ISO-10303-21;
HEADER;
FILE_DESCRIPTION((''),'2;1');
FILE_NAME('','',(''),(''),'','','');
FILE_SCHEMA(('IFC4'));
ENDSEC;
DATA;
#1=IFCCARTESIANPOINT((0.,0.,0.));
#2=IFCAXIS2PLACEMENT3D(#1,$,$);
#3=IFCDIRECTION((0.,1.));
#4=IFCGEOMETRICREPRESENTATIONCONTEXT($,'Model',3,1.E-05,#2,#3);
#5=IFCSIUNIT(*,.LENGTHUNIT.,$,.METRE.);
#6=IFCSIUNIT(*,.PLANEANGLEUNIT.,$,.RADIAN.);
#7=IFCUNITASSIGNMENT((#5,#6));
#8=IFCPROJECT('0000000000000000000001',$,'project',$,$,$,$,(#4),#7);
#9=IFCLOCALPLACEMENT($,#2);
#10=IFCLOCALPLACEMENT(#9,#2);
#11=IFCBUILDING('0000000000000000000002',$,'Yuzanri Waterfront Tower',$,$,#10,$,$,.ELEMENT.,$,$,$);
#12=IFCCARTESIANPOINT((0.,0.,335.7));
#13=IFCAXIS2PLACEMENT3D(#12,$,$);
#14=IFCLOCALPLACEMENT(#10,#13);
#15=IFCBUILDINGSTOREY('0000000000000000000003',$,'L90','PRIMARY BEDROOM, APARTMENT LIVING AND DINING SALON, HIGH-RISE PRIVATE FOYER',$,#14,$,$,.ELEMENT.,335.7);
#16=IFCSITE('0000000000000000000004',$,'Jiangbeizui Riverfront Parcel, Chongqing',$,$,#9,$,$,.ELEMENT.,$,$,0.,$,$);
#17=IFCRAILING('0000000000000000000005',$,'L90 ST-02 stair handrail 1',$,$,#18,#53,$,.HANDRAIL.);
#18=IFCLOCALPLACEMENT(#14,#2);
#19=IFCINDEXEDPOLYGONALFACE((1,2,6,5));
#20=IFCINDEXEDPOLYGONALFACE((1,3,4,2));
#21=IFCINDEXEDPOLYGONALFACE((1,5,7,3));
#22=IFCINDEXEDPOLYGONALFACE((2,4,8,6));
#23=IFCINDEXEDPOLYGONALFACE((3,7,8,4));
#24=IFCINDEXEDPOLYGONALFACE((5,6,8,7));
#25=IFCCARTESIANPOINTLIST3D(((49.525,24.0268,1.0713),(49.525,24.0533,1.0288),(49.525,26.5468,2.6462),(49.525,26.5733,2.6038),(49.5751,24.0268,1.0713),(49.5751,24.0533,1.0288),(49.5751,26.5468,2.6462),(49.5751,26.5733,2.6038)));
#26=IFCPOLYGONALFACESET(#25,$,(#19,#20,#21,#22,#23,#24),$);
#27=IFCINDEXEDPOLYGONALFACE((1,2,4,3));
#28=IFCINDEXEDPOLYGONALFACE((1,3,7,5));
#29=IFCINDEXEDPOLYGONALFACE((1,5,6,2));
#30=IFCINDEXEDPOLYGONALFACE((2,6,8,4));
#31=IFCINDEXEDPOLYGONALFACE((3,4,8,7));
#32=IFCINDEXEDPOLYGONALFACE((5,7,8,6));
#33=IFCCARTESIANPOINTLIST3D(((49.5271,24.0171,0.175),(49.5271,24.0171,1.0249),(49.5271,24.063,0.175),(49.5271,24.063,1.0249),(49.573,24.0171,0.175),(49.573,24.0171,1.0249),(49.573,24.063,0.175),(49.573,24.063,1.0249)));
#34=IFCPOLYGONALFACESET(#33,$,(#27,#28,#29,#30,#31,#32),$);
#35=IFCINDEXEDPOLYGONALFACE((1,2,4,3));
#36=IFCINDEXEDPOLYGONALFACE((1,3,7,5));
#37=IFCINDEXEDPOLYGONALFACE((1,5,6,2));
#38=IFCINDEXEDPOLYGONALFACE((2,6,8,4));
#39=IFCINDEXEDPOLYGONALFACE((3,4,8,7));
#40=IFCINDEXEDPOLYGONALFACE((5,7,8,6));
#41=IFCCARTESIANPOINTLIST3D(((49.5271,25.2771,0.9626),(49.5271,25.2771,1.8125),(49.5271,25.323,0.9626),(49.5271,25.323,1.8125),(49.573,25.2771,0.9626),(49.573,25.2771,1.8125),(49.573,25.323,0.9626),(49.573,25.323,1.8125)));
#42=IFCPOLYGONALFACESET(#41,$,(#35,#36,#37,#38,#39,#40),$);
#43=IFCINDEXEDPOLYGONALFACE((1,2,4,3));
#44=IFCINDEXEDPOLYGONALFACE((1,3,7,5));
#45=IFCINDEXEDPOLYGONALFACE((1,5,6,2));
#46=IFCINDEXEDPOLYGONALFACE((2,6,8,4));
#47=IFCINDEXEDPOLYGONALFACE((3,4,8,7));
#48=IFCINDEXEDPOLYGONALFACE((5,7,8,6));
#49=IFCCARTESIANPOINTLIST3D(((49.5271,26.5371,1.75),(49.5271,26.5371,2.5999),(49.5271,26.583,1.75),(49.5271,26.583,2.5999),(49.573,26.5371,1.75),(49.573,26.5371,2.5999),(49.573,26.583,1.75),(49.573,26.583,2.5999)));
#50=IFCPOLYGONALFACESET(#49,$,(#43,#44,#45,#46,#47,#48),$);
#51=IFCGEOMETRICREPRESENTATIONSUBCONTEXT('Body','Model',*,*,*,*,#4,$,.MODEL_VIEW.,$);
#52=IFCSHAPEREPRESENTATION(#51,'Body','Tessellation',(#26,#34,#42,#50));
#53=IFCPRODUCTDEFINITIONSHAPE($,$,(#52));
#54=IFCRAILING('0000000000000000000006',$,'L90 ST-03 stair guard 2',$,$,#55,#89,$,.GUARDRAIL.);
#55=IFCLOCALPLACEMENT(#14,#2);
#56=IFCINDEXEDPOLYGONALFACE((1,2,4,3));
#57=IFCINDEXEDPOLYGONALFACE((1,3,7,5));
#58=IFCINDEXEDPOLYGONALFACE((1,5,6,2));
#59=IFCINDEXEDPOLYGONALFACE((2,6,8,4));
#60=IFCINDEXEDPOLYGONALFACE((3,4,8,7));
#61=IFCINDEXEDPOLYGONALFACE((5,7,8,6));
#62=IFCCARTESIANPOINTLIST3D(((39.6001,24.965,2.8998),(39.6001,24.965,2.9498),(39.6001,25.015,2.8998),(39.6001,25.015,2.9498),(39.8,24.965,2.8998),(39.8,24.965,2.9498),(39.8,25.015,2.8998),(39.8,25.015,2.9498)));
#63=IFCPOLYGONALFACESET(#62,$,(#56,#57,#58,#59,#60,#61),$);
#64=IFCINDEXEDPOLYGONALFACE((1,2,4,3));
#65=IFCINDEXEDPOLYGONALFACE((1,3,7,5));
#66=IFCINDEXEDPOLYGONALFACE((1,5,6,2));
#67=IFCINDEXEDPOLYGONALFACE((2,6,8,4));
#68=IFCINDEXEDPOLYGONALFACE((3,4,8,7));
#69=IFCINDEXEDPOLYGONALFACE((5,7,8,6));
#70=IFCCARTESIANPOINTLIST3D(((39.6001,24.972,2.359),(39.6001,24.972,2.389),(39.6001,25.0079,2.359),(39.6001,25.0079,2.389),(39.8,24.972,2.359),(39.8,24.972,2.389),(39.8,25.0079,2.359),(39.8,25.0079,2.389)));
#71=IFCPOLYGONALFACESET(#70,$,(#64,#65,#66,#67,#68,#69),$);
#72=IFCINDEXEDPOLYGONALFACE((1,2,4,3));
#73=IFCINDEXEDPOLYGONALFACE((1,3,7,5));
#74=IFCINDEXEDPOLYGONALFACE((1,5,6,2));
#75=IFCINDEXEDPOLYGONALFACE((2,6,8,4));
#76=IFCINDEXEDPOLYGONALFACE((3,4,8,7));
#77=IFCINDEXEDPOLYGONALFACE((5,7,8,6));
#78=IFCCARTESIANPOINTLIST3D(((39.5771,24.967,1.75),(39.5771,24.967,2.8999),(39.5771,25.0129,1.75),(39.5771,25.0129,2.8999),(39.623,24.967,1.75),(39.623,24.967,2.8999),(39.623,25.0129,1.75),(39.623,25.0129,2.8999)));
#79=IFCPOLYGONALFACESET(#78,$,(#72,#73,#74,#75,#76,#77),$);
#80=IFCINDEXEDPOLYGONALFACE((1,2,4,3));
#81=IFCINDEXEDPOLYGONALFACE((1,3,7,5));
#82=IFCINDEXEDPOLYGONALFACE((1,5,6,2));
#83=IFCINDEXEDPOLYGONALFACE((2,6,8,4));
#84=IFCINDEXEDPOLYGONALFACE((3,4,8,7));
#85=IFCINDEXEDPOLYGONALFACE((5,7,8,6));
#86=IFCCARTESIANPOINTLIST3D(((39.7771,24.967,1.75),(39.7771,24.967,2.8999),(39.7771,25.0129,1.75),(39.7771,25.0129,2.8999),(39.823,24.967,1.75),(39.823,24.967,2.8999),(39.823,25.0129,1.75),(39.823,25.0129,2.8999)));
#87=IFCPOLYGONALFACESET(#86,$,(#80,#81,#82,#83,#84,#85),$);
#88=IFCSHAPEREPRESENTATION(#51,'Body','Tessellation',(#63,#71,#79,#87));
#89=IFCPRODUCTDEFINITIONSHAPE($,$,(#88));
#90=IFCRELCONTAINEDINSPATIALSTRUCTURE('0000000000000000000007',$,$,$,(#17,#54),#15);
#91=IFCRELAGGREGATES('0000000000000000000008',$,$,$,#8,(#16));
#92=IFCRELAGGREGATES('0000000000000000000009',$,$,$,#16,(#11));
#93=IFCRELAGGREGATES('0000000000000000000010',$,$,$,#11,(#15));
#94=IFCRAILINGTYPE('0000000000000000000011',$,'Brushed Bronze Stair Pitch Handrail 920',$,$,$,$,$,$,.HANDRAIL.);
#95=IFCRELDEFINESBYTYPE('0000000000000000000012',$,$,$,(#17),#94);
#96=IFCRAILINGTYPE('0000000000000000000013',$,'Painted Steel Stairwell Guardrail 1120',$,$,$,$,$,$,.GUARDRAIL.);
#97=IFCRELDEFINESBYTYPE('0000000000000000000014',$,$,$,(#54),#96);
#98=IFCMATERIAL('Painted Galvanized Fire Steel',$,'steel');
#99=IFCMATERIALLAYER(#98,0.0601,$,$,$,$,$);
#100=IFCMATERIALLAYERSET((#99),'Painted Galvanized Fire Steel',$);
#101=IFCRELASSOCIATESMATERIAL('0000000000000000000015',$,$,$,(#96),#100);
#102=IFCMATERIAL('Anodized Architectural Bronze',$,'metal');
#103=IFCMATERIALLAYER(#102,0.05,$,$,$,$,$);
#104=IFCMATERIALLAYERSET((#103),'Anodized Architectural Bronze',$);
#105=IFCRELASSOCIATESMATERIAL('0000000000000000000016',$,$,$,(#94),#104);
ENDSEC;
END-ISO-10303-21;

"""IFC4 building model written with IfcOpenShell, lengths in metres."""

from ifc_helpers import new_model, si_unit, direction, frame, origin, origin_2d, place, context, subcontext, project, spatial, rectangle, extrude, source, transform, mapped, material, layer, layer_set, type_object, element, save


model = new_model("IFC4")

# Units and contexts
model_context = context("Model", 3, precision=1e-05, world=origin(), true_north=direction((0.0, 1.0)))
body_context = subcontext(model_context, "Body", "Model", "MODEL_VIEW")
ifc_project = project(units=[si_unit("LENGTHUNIT", "METRE"), si_unit("PLANEANGLEUNIT", "RADIAN")], contexts=[model_context])

# Site, building, storey
site_placement = place(None, origin())
site = spatial("IfcSite", under=ifc_project, at=site_placement, Name="Jiangbeizui Riverfront Parcel, Chongqing", CompositionType="ELEMENT", RefElevation=0.0)
building_placement = place(site_placement, origin())
building = spatial("IfcBuilding", under=site, at=building_placement, Name="Yuzanri Waterfront Tower", CompositionType="ELEMENT")
storey_placement = place(building_placement, frame((0.0, 0.0, 335.7)))
storey = spatial("IfcBuildingStorey", under=building, at=storey_placement, Name="L90", Description="PRIMARY BEDROOM, APARTMENT LIVING AND DINING SALON, HIGH-RISE PRIVATE FOYER", CompositionType="ELEMENT", Elevation=335.7)

# Railings
ifc_material_1 = material(Name="Painted Galvanized Fire Steel", Category="steel")
ifc_layer_1 = layer(ifc_material_1, 0.0601)
ifc_layer_set_1 = layer_set([ifc_layer_1], Name="Painted Galvanized Fire Steel")
railing_type_1 = type_object("IfcRailingType", Name="Painted Steel Stairwell Guardrail 1120", PredefinedType="GUARDRAIL", material=ifc_layer_set_1)
ifc_material_2 = material(Name="Anodized Architectural Bronze", Category="metal")
ifc_layer_2 = layer(ifc_material_2, 0.05)
ifc_layer_set_2 = layer_set([ifc_layer_2], Name="Anodized Architectural Bronze")
railing_type_2 = type_object("IfcRailingType", Name="Brushed Bronze Stair Pitch Handrail 920", PredefinedType="HANDRAIL", material=ifc_layer_set_2)
shared_shape_1 = source(origin(), body_context, "Body", "SweptSolid", [
    extrude(rectangle(XDim=0.05, YDim=0.05, at=origin_2d()), frame((0.0, 0.0, 0.875), z_axis=(0.0, 0.848008, 0.529984), x_axis=(-1.0, 0.0, 0.0)), (0.0, 0.0, 1.0), 2.9717),
    extrude(rectangle(XDim=0.0459, YDim=0.0459, at=origin_2d()), origin(), (0.0, 0.0, 1.0), 0.8499),
    extrude(rectangle(XDim=0.0459, YDim=0.0459, at=origin_2d()), frame((0.0, 1.26, 0.7876)), (0.0, 0.0, 1.0), 0.8499),
    extrude(rectangle(XDim=0.0459, YDim=0.0459, at=origin_2d()), frame((0.0, 2.52, 1.575)), (0.0, 0.0, 1.0), 0.8499),
])
railing_1_placement = place(storey_placement, frame((49.55, 24.04, 0.175)))
element("IfcRailing", 1, at=railing_1_placement, inside=storey, type_object=railing_type_2, Name="L90 ST-02 stair handrail 1", PredefinedType="HANDRAIL", context=body_context, shape_type="MappedRepresentation", body=[
    mapped(shared_shape_1, transform((0.0, 0.0, 0.0), scale=1.0)),
])
shared_shape_2 = source(origin(), body_context, "Body", "SweptSolid", [
    extrude(rectangle(XDim=0.05, YDim=0.05, at=origin_2d()), frame((0.0, 0.0, 1.1748), z_axis=(1.0, 0.0, 0.0), x_axis=(0.0, 1.0, 0.0)), (0.0, 0.0, 1.0), 0.2),
    extrude(rectangle(XDim=0.0359, YDim=0.03, at=origin_2d()), frame((0.0, 0.0, 0.624), z_axis=(1.0, 0.0, 0.0), x_axis=(0.0, 1.0, 0.0)), (0.0, 0.0, 1.0), 0.2),
    extrude(rectangle(XDim=0.0459, YDim=0.0459, at=origin_2d()), origin(), (0.0, 0.0, 1.0), 1.1499),
    extrude(rectangle(XDim=0.0459, YDim=0.0459, at=origin_2d()), frame((0.2, 0.0, 0.0)), (0.0, 0.0, 1.0), 1.1499),
])
railing_2_placement = place(storey_placement, frame((39.6001, 24.99, 1.75)))
element("IfcRailing", 2, at=railing_2_placement, inside=storey, type_object=railing_type_1, Name="L90 ST-03 stair guard 2", PredefinedType="GUARDRAIL", context=body_context, shape_type="MappedRepresentation", body=[
    mapped(shared_shape_2, transform((0.0, 0.0, 0.0), scale=1.0)),
])

save(model, "model.ifc")
